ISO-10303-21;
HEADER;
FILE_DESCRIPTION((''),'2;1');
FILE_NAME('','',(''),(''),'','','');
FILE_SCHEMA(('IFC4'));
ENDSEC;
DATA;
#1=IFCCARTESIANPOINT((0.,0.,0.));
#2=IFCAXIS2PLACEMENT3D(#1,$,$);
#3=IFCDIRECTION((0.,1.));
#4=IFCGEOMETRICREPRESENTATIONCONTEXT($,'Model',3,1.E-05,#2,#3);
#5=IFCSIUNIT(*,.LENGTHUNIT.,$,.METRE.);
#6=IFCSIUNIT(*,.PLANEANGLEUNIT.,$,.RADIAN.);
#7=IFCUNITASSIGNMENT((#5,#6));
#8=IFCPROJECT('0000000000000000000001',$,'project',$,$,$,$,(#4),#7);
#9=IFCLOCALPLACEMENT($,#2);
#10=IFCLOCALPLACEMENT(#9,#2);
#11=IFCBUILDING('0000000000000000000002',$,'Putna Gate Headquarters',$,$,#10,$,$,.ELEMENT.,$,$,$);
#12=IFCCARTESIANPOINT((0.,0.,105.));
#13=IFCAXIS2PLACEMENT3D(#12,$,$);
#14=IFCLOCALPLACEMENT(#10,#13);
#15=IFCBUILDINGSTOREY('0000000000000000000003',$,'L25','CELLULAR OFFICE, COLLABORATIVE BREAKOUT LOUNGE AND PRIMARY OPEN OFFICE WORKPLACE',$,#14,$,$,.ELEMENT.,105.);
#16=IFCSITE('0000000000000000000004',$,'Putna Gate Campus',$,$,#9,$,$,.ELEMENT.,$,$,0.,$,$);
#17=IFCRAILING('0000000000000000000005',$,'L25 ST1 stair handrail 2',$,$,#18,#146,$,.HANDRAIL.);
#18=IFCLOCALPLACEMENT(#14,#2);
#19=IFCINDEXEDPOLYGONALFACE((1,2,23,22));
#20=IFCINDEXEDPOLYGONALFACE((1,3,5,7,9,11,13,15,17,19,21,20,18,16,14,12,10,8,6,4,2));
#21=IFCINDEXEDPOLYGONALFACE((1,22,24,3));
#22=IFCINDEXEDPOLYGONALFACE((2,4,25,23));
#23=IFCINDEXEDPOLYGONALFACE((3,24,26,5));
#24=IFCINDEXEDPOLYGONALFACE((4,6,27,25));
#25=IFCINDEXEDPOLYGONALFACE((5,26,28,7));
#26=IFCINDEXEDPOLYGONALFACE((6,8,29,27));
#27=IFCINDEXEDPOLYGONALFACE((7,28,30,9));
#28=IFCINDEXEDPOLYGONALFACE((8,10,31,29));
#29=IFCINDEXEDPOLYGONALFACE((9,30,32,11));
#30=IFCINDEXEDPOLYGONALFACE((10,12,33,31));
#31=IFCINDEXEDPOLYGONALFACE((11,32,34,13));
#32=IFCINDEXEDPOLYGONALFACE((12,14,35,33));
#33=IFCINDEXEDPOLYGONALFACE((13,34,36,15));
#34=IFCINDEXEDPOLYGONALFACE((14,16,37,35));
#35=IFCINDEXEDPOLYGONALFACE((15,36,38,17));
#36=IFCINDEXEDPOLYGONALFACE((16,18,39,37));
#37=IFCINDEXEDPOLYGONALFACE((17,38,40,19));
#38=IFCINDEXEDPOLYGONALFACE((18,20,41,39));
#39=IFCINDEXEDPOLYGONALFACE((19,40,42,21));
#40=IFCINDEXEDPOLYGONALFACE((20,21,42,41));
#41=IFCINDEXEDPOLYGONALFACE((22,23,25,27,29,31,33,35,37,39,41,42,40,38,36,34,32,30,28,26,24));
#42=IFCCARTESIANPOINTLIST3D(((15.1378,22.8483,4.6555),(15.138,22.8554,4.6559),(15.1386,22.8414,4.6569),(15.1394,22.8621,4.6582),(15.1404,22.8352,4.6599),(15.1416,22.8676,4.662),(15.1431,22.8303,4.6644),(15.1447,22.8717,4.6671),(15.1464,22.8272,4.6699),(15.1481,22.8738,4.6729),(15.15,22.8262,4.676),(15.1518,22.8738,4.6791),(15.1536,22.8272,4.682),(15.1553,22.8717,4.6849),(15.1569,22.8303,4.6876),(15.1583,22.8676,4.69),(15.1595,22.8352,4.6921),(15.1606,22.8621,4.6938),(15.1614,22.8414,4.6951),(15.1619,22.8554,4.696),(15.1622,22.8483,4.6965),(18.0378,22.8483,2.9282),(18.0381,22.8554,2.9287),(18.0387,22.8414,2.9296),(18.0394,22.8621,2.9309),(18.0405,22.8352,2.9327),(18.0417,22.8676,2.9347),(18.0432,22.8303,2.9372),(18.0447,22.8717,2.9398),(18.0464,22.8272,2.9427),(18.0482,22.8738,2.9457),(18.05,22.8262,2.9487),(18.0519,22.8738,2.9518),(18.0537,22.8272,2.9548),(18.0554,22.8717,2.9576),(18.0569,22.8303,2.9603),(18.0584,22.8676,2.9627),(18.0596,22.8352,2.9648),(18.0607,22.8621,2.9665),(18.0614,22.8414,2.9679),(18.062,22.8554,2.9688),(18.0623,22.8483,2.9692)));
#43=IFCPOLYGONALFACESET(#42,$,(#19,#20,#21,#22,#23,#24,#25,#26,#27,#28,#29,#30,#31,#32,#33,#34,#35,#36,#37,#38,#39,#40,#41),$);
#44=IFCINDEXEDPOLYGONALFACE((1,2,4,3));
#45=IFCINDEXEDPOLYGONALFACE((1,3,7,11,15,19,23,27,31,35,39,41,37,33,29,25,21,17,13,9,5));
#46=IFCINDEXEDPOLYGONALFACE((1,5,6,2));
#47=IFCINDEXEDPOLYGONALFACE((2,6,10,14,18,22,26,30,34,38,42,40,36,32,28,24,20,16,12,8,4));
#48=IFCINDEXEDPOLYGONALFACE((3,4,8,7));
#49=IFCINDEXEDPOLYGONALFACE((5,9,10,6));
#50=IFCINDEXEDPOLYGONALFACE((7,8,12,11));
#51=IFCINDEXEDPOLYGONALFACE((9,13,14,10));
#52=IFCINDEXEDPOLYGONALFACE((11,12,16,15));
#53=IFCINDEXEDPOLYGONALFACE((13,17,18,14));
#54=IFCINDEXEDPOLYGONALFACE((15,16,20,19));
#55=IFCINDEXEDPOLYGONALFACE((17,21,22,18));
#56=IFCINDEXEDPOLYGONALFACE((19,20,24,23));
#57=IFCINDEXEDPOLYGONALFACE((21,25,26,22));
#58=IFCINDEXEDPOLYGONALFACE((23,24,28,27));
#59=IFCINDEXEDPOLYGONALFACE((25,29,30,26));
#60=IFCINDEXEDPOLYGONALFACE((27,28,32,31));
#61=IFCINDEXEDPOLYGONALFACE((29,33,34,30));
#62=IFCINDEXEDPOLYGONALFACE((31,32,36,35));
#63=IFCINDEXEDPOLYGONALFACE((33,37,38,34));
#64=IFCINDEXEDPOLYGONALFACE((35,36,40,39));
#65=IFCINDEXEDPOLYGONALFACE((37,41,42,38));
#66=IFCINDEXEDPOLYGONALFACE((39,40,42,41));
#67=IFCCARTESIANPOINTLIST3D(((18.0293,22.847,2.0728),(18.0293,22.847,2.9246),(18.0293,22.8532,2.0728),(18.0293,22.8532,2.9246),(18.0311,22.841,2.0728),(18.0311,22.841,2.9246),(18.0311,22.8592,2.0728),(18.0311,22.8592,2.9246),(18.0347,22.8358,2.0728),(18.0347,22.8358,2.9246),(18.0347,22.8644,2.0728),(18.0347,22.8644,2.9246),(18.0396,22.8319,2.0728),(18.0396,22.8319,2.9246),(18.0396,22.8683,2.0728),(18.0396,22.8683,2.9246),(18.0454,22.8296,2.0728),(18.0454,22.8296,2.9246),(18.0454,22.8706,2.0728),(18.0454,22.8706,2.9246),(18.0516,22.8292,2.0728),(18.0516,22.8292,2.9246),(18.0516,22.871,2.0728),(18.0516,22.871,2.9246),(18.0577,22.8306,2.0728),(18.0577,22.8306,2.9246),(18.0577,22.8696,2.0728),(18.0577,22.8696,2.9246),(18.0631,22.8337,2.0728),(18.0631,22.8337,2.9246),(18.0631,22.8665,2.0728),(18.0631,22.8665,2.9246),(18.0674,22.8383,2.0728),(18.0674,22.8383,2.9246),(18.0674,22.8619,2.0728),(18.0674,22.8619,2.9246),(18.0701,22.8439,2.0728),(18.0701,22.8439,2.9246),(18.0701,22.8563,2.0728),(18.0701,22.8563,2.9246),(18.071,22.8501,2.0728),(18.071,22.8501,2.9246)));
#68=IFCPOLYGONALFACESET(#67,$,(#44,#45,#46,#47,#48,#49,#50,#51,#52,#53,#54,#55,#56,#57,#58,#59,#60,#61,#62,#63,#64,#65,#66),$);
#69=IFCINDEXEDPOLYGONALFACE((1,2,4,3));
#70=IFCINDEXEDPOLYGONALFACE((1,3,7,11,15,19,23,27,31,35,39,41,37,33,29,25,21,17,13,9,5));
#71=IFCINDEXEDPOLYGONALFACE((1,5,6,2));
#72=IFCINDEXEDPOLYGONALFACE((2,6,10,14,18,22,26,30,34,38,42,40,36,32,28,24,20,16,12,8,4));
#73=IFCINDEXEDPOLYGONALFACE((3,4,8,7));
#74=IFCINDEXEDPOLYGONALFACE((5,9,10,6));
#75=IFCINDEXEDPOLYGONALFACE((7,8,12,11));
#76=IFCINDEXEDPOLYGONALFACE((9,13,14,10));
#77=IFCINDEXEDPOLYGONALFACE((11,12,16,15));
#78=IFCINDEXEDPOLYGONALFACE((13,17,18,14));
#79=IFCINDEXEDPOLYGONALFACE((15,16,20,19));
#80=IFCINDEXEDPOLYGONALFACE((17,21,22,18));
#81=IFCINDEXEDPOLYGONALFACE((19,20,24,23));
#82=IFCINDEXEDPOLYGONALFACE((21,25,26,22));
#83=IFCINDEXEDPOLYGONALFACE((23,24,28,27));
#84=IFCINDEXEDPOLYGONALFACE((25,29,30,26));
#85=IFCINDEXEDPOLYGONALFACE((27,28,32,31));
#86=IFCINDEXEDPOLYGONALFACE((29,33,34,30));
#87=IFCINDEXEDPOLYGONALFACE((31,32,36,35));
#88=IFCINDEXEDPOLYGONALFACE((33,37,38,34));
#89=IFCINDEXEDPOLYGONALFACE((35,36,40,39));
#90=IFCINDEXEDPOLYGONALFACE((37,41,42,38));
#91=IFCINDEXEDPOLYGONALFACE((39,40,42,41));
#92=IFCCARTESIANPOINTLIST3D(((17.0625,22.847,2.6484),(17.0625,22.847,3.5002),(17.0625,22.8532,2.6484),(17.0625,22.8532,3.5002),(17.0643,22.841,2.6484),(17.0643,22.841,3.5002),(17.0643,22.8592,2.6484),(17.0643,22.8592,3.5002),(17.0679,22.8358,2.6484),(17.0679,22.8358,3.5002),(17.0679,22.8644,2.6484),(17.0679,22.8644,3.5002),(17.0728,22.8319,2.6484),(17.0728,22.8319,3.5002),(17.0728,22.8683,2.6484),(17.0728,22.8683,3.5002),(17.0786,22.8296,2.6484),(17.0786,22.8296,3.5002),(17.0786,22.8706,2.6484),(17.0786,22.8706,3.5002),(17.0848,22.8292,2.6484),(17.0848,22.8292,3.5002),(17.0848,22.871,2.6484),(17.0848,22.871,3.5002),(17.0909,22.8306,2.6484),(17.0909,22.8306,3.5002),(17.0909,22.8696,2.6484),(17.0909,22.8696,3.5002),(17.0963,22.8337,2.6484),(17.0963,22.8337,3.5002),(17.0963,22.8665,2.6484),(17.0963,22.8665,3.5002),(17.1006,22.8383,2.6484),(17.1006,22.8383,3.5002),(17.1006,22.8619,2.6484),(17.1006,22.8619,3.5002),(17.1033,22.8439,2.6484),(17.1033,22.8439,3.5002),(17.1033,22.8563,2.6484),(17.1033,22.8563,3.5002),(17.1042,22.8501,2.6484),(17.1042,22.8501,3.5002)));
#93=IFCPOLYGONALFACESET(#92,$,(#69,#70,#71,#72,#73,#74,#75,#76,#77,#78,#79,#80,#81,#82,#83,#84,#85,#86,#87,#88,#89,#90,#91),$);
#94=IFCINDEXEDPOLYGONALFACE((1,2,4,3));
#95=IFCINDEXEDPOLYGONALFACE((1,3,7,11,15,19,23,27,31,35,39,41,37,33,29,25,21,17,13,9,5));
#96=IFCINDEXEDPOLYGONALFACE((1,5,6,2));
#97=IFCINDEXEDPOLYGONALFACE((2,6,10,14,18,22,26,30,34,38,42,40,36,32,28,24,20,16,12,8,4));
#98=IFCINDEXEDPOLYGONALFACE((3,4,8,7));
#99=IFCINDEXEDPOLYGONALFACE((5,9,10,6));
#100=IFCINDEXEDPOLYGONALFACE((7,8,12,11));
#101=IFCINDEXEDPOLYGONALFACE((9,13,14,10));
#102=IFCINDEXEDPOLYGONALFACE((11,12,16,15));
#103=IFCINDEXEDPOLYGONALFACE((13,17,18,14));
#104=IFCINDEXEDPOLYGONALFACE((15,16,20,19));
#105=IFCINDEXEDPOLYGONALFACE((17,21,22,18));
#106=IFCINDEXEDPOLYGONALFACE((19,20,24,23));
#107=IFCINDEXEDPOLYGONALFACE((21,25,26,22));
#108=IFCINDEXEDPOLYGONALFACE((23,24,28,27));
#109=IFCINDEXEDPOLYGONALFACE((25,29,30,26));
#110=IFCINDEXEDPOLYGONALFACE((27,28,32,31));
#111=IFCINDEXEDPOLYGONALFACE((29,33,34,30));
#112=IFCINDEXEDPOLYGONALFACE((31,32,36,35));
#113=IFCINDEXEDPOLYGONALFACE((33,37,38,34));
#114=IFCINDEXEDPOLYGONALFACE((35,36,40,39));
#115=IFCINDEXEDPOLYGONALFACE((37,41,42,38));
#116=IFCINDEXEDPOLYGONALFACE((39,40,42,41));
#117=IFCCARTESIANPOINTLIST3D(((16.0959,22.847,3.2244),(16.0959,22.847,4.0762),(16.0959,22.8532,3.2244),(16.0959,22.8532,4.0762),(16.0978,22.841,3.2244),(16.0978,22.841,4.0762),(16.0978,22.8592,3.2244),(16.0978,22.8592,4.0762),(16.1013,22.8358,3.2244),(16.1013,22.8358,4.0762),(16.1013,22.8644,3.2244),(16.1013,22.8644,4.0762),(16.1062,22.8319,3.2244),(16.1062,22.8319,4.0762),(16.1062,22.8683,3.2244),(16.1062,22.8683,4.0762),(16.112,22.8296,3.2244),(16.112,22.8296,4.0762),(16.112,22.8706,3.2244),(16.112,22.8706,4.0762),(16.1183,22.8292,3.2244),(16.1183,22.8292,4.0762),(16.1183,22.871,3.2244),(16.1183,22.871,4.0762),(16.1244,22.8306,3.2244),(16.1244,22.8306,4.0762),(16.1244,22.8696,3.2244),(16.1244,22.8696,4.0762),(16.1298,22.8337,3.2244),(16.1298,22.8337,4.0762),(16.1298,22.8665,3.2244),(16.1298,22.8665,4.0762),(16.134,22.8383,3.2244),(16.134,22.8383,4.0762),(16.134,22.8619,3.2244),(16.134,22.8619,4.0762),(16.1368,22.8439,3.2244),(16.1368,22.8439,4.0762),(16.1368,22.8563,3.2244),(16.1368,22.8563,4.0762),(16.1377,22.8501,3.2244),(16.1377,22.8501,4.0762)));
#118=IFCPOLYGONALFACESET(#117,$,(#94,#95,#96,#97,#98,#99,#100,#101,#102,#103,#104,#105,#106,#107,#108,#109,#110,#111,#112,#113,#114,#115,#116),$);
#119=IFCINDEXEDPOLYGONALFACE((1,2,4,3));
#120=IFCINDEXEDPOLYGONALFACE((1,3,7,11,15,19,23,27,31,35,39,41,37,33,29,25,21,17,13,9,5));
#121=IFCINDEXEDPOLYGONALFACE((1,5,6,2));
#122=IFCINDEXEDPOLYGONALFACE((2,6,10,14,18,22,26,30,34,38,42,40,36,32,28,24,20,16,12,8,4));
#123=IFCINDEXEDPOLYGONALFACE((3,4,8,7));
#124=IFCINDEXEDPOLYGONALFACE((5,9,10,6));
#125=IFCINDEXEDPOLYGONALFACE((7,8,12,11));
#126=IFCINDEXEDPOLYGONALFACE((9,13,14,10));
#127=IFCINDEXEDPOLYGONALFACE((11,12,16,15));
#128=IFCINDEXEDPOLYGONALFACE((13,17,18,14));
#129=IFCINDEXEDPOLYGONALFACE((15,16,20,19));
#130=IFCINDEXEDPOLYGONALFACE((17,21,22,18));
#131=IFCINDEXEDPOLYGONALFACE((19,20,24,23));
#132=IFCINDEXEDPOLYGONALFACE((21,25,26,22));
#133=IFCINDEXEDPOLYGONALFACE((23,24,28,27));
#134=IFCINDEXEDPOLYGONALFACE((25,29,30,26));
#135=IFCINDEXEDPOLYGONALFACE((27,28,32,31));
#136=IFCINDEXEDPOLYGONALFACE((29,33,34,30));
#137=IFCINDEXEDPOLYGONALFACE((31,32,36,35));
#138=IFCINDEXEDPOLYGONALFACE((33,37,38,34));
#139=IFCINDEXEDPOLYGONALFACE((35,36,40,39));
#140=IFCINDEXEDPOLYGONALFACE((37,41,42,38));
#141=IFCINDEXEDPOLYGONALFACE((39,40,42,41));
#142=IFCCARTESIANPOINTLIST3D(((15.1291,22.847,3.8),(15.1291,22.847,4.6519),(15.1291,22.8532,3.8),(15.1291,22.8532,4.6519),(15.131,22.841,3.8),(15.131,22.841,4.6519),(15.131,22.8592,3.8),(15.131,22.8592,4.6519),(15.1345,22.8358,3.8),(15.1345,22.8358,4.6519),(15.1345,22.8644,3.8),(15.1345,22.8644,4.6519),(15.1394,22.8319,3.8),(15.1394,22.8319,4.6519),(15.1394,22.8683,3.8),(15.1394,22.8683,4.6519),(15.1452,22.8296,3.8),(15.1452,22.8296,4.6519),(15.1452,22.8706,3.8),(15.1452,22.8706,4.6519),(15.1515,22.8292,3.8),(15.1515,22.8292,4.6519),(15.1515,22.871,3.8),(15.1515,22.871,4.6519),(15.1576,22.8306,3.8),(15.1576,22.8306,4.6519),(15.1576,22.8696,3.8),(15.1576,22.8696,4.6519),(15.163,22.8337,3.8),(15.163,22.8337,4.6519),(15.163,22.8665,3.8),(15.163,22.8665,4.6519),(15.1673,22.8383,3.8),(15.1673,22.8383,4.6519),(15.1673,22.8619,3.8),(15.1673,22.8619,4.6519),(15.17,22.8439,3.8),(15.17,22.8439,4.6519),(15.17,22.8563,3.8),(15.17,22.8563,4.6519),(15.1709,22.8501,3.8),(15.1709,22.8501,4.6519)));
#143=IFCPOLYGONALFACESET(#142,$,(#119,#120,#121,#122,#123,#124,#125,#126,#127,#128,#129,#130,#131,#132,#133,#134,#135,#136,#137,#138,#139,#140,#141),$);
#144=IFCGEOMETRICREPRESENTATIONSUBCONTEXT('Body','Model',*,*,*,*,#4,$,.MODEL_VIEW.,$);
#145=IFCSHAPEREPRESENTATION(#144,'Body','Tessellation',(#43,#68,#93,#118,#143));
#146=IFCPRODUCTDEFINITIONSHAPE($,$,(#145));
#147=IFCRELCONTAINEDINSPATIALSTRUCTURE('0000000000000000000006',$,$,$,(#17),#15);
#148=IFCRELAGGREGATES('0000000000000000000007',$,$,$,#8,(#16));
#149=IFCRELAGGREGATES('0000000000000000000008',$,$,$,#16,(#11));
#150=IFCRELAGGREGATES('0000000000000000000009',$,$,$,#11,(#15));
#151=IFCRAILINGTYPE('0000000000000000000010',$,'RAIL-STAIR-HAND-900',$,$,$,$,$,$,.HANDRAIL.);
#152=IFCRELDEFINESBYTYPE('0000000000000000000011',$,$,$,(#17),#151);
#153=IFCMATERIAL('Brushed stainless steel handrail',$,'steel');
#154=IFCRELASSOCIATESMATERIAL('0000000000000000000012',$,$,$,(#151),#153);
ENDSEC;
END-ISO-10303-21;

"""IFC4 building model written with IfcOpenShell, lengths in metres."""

from ifc_helpers import new_model, si_unit, direction, frame, origin, origin_2d, place, context, subcontext, project, spatial, circle, extrude, material, type_object, element, save


model = new_model("IFC4")

# Units and contexts
model_context = context("Model", 3, precision=1e-05, world=origin(), true_north=direction((0.0, 1.0)))
body_context = subcontext(model_context, "Body", "Model", "MODEL_VIEW")
ifc_project = project(units=[si_unit("LENGTHUNIT", "METRE"), si_unit("PLANEANGLEUNIT", "RADIAN")], contexts=[model_context])

# Site, building, storey
site_placement = place(None, origin())
site = spatial("IfcSite", under=ifc_project, at=site_placement, Name="Putna Gate Campus", CompositionType="ELEMENT", RefElevation=0.0)
building_placement = place(site_placement, origin())
building = spatial("IfcBuilding", under=site, at=building_placement, Name="Putna Gate Headquarters", CompositionType="ELEMENT")
storey_placement = place(building_placement, frame((0.0, 0.0, 105.0)))
storey = spatial("IfcBuildingStorey", under=building, at=storey_placement, Name="L25", Description="CELLULAR OFFICE, COLLABORATIVE BREAKOUT LOUNGE AND PRIMARY OPEN OFFICE WORKPLACE", CompositionType="ELEMENT", Elevation=105.0)

# Railing
ifc_material_1 = material(Name="Brushed stainless steel handrail", Category="steel")
railing_type_1 = type_object("IfcRailingType", Name="RAIL-STAIR-HAND-900", PredefinedType="HANDRAIL", material=ifc_material_1)
railing_1_placement = place(storey_placement, frame((18.05, 22.8501, 2.0728)))
element("IfcRailing", 1, at=railing_1_placement, inside=storey, type_object=railing_type_1, Name="L25 ST1 stair handrail 2", PredefinedType="HANDRAIL", context=body_context, shape_type="SweptSolid", body=[
    extrude(circle(Radius=0.0239, at=origin_2d()), frame((0.0, 0.0, 0.876), z_axis=(-0.85916, 0.0, 0.511706), x_axis=(0.0, -1.0, 0.0)), (0.0, 0.0, 1.0), 3.3755),
    extrude(circle(Radius=0.021, at=origin_2d()), origin(), (0.0, 0.0, 1.0), 0.8518),
    extrude(circle(Radius=0.021, at=origin_2d()), frame((-0.9668, 0.0, 0.5757)), (0.0, 0.0, 1.0), 0.8518),
    extrude(circle(Radius=0.021, at=origin_2d()), frame((-1.9333, 0.0, 1.1516)), (0.0, 0.0, 1.0), 0.8518),
    extrude(circle(Radius=0.021, at=origin_2d()), frame((-2.9001, 0.0, 1.7273)), (0.0, 0.0, 1.0), 0.8518),
])

save(model, "model.ifc")
